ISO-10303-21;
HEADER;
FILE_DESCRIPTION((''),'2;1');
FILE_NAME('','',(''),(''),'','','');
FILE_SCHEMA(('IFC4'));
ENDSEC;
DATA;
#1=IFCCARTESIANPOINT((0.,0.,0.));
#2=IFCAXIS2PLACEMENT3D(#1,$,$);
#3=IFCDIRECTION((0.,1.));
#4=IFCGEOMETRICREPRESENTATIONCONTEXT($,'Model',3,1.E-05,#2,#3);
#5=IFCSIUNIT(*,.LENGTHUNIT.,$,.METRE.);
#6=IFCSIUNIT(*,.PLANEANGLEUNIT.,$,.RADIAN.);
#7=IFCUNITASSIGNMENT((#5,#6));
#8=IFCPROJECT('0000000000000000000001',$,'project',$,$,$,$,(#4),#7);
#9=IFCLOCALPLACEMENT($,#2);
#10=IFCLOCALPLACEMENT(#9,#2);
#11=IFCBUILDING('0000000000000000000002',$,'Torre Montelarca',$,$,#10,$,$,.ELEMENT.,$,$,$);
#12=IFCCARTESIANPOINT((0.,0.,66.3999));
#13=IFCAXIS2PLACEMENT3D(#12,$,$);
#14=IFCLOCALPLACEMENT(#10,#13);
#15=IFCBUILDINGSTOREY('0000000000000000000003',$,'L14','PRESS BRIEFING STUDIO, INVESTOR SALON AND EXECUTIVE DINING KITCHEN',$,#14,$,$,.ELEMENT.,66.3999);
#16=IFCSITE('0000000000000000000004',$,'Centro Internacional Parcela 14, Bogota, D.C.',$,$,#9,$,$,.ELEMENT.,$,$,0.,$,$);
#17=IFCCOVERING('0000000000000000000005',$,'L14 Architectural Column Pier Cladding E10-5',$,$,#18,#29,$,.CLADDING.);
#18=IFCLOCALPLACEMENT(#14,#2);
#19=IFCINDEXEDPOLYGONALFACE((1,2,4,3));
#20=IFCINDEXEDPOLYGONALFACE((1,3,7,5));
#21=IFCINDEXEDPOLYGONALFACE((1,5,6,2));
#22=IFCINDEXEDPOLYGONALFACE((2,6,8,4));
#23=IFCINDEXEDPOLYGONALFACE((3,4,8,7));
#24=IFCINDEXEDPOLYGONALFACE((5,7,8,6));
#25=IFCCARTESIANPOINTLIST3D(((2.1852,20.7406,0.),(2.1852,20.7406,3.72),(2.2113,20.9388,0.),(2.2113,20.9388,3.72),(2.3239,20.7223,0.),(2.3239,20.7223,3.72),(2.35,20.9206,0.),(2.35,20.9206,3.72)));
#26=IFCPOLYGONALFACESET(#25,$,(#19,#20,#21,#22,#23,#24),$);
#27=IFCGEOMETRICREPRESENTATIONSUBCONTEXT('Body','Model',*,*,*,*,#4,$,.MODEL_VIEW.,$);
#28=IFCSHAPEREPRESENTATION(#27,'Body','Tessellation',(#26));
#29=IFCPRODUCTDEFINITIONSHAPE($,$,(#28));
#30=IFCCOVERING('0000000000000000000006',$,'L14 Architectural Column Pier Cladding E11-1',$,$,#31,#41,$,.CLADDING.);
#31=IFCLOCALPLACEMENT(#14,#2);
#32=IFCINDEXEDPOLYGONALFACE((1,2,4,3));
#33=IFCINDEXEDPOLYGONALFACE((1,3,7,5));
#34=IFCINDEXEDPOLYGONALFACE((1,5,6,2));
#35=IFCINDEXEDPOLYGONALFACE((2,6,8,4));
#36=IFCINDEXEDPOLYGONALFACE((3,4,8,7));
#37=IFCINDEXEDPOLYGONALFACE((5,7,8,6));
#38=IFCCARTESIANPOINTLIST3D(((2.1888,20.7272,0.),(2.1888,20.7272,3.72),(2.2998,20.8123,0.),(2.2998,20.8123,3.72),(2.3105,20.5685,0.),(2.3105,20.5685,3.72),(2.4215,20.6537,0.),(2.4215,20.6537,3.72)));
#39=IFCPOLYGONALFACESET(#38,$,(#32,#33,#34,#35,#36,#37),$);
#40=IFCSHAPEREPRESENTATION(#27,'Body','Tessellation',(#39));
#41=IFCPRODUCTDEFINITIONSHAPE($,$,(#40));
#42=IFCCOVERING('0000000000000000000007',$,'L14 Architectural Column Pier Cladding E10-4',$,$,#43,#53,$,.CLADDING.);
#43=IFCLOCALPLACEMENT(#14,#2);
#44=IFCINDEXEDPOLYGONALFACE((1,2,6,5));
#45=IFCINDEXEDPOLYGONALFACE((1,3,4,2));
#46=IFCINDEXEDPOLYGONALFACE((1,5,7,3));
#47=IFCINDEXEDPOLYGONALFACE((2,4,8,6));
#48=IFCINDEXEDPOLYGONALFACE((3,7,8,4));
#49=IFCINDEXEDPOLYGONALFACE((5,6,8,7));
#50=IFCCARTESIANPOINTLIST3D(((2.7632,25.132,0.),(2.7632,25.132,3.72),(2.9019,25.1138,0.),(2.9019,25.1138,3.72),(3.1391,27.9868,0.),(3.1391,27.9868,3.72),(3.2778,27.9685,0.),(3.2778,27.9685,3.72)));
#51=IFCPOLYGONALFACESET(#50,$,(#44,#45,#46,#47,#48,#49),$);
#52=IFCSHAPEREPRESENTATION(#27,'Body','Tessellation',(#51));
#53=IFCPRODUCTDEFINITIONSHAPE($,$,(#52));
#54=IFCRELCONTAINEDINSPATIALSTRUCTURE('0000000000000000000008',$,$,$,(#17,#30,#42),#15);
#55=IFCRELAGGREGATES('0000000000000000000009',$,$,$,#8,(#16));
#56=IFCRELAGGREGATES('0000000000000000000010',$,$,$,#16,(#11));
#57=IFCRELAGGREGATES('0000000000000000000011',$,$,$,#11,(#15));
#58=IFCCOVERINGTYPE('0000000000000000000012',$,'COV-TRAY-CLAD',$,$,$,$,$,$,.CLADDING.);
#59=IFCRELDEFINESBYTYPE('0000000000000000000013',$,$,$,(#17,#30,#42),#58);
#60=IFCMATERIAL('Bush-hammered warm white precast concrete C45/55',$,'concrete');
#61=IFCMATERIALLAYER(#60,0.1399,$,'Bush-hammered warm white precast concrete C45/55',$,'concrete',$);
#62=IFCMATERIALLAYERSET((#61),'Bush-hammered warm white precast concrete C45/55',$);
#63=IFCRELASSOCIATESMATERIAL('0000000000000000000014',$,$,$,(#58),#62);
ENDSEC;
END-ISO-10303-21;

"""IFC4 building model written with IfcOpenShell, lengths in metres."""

from ifc_helpers import new_model, si_unit, direction, frame, origin, origin_2d, place, context, subcontext, project, spatial, rectangle, extrude, source, transform, mapped, material, layer, layer_set, type_object, element, save


model = new_model("IFC4")

# Units and contexts
model_context = context("Model", 3, precision=1e-05, world=origin(), true_north=direction((0.0, 1.0)))
body_context = subcontext(model_context, "Body", "Model", "MODEL_VIEW")
ifc_project = project(units=[si_unit("LENGTHUNIT", "METRE"), si_unit("PLANEANGLEUNIT", "RADIAN")], contexts=[model_context])

# Site, building, storey
site_placement = place(None, origin())
site = spatial("IfcSite", under=ifc_project, at=site_placement, Name="Centro Internacional Parcela 14, Bogota, D.C.", CompositionType="ELEMENT", RefElevation=0.0)
building_placement = place(site_placement, origin())
building = spatial("IfcBuilding", under=site, at=building_placement, Name="Torre Montelarca", CompositionType="ELEMENT")
storey_placement = place(building_placement, frame((0.0, 0.0, 66.3999)))
storey = spatial("IfcBuildingStorey", under=building, at=storey_placement, Name="L14", Description="PRESS BRIEFING STUDIO, INVESTOR SALON AND EXECUTIVE DINING KITCHEN", CompositionType="ELEMENT", Elevation=66.3999)

# Coverings
ifc_material_1 = material(Name="Bush-hammered warm white precast concrete C45/55", Category="concrete")
ifc_layer_1 = layer(ifc_material_1, 0.1399, Name="Bush-hammered warm white precast concrete C45/55", Category="concrete")
ifc_layer_set_1 = layer_set([ifc_layer_1], Name="Bush-hammered warm white precast concrete C45/55")
covering_type = type_object("IfcCoveringType", Name="COV-TRAY-CLAD", PredefinedType="CLADDING", material=ifc_layer_set_1)
shared_shape_1 = source(origin(), body_context, "Body", "SweptSolid", [
    extrude(rectangle(XDim=0.2, YDim=0.1399, at=origin_2d()), origin(), (0.0, 0.0, 1.0), 3.72),
])
for number, where, z_axis, x_axis, name in (
    (1, (2.2676, 20.8306, 0.0), (0.0, 0.0, 1.0), (-0.130528, -0.991445, 0.0), "L14 Architectural Column Pier Cladding E10-5"),
    (2, (2.3052, 20.6904, 0.0), (0.0, 0.0, 1.0), (0.608774, -0.793344, 0.0), "L14 Architectural Column Pier Cladding E11-1"),
):
    element("IfcCovering", number, at=place(storey_placement, frame(where, z_axis=z_axis, x_axis=x_axis)), inside=storey, type_object=covering_type, Name=name, PredefinedType="CLADDING", context=body_context, shape_type="MappedRepresentation", body=[
        mapped(shared_shape_1, transform((0.0, 0.0, 0.0), scale=1.0)),
    ])
shared_shape_2 = source(origin(), body_context, "Body", "SweptSolid", [
    extrude(rectangle(XDim=2.8794, YDim=0.1399, at=origin_2d()), origin(), (0.0, 0.0, 1.0), 3.72),
])
covering_placement = place(storey_placement, frame((3.0205, 26.5503, 0.0), z_axis=(0.0, 0.0, 1.0), x_axis=(-0.130528, -0.991445, 0.0)))
element("IfcCovering", 3, at=covering_placement, inside=storey, type_object=covering_type, Name="L14 Architectural Column Pier Cladding E10-4", PredefinedType="CLADDING", context=body_context, shape_type="MappedRepresentation", body=[
    mapped(shared_shape_2, transform((0.0, 0.0, 0.0), scale=1.0)),
])

save(model, "model.ifc")
